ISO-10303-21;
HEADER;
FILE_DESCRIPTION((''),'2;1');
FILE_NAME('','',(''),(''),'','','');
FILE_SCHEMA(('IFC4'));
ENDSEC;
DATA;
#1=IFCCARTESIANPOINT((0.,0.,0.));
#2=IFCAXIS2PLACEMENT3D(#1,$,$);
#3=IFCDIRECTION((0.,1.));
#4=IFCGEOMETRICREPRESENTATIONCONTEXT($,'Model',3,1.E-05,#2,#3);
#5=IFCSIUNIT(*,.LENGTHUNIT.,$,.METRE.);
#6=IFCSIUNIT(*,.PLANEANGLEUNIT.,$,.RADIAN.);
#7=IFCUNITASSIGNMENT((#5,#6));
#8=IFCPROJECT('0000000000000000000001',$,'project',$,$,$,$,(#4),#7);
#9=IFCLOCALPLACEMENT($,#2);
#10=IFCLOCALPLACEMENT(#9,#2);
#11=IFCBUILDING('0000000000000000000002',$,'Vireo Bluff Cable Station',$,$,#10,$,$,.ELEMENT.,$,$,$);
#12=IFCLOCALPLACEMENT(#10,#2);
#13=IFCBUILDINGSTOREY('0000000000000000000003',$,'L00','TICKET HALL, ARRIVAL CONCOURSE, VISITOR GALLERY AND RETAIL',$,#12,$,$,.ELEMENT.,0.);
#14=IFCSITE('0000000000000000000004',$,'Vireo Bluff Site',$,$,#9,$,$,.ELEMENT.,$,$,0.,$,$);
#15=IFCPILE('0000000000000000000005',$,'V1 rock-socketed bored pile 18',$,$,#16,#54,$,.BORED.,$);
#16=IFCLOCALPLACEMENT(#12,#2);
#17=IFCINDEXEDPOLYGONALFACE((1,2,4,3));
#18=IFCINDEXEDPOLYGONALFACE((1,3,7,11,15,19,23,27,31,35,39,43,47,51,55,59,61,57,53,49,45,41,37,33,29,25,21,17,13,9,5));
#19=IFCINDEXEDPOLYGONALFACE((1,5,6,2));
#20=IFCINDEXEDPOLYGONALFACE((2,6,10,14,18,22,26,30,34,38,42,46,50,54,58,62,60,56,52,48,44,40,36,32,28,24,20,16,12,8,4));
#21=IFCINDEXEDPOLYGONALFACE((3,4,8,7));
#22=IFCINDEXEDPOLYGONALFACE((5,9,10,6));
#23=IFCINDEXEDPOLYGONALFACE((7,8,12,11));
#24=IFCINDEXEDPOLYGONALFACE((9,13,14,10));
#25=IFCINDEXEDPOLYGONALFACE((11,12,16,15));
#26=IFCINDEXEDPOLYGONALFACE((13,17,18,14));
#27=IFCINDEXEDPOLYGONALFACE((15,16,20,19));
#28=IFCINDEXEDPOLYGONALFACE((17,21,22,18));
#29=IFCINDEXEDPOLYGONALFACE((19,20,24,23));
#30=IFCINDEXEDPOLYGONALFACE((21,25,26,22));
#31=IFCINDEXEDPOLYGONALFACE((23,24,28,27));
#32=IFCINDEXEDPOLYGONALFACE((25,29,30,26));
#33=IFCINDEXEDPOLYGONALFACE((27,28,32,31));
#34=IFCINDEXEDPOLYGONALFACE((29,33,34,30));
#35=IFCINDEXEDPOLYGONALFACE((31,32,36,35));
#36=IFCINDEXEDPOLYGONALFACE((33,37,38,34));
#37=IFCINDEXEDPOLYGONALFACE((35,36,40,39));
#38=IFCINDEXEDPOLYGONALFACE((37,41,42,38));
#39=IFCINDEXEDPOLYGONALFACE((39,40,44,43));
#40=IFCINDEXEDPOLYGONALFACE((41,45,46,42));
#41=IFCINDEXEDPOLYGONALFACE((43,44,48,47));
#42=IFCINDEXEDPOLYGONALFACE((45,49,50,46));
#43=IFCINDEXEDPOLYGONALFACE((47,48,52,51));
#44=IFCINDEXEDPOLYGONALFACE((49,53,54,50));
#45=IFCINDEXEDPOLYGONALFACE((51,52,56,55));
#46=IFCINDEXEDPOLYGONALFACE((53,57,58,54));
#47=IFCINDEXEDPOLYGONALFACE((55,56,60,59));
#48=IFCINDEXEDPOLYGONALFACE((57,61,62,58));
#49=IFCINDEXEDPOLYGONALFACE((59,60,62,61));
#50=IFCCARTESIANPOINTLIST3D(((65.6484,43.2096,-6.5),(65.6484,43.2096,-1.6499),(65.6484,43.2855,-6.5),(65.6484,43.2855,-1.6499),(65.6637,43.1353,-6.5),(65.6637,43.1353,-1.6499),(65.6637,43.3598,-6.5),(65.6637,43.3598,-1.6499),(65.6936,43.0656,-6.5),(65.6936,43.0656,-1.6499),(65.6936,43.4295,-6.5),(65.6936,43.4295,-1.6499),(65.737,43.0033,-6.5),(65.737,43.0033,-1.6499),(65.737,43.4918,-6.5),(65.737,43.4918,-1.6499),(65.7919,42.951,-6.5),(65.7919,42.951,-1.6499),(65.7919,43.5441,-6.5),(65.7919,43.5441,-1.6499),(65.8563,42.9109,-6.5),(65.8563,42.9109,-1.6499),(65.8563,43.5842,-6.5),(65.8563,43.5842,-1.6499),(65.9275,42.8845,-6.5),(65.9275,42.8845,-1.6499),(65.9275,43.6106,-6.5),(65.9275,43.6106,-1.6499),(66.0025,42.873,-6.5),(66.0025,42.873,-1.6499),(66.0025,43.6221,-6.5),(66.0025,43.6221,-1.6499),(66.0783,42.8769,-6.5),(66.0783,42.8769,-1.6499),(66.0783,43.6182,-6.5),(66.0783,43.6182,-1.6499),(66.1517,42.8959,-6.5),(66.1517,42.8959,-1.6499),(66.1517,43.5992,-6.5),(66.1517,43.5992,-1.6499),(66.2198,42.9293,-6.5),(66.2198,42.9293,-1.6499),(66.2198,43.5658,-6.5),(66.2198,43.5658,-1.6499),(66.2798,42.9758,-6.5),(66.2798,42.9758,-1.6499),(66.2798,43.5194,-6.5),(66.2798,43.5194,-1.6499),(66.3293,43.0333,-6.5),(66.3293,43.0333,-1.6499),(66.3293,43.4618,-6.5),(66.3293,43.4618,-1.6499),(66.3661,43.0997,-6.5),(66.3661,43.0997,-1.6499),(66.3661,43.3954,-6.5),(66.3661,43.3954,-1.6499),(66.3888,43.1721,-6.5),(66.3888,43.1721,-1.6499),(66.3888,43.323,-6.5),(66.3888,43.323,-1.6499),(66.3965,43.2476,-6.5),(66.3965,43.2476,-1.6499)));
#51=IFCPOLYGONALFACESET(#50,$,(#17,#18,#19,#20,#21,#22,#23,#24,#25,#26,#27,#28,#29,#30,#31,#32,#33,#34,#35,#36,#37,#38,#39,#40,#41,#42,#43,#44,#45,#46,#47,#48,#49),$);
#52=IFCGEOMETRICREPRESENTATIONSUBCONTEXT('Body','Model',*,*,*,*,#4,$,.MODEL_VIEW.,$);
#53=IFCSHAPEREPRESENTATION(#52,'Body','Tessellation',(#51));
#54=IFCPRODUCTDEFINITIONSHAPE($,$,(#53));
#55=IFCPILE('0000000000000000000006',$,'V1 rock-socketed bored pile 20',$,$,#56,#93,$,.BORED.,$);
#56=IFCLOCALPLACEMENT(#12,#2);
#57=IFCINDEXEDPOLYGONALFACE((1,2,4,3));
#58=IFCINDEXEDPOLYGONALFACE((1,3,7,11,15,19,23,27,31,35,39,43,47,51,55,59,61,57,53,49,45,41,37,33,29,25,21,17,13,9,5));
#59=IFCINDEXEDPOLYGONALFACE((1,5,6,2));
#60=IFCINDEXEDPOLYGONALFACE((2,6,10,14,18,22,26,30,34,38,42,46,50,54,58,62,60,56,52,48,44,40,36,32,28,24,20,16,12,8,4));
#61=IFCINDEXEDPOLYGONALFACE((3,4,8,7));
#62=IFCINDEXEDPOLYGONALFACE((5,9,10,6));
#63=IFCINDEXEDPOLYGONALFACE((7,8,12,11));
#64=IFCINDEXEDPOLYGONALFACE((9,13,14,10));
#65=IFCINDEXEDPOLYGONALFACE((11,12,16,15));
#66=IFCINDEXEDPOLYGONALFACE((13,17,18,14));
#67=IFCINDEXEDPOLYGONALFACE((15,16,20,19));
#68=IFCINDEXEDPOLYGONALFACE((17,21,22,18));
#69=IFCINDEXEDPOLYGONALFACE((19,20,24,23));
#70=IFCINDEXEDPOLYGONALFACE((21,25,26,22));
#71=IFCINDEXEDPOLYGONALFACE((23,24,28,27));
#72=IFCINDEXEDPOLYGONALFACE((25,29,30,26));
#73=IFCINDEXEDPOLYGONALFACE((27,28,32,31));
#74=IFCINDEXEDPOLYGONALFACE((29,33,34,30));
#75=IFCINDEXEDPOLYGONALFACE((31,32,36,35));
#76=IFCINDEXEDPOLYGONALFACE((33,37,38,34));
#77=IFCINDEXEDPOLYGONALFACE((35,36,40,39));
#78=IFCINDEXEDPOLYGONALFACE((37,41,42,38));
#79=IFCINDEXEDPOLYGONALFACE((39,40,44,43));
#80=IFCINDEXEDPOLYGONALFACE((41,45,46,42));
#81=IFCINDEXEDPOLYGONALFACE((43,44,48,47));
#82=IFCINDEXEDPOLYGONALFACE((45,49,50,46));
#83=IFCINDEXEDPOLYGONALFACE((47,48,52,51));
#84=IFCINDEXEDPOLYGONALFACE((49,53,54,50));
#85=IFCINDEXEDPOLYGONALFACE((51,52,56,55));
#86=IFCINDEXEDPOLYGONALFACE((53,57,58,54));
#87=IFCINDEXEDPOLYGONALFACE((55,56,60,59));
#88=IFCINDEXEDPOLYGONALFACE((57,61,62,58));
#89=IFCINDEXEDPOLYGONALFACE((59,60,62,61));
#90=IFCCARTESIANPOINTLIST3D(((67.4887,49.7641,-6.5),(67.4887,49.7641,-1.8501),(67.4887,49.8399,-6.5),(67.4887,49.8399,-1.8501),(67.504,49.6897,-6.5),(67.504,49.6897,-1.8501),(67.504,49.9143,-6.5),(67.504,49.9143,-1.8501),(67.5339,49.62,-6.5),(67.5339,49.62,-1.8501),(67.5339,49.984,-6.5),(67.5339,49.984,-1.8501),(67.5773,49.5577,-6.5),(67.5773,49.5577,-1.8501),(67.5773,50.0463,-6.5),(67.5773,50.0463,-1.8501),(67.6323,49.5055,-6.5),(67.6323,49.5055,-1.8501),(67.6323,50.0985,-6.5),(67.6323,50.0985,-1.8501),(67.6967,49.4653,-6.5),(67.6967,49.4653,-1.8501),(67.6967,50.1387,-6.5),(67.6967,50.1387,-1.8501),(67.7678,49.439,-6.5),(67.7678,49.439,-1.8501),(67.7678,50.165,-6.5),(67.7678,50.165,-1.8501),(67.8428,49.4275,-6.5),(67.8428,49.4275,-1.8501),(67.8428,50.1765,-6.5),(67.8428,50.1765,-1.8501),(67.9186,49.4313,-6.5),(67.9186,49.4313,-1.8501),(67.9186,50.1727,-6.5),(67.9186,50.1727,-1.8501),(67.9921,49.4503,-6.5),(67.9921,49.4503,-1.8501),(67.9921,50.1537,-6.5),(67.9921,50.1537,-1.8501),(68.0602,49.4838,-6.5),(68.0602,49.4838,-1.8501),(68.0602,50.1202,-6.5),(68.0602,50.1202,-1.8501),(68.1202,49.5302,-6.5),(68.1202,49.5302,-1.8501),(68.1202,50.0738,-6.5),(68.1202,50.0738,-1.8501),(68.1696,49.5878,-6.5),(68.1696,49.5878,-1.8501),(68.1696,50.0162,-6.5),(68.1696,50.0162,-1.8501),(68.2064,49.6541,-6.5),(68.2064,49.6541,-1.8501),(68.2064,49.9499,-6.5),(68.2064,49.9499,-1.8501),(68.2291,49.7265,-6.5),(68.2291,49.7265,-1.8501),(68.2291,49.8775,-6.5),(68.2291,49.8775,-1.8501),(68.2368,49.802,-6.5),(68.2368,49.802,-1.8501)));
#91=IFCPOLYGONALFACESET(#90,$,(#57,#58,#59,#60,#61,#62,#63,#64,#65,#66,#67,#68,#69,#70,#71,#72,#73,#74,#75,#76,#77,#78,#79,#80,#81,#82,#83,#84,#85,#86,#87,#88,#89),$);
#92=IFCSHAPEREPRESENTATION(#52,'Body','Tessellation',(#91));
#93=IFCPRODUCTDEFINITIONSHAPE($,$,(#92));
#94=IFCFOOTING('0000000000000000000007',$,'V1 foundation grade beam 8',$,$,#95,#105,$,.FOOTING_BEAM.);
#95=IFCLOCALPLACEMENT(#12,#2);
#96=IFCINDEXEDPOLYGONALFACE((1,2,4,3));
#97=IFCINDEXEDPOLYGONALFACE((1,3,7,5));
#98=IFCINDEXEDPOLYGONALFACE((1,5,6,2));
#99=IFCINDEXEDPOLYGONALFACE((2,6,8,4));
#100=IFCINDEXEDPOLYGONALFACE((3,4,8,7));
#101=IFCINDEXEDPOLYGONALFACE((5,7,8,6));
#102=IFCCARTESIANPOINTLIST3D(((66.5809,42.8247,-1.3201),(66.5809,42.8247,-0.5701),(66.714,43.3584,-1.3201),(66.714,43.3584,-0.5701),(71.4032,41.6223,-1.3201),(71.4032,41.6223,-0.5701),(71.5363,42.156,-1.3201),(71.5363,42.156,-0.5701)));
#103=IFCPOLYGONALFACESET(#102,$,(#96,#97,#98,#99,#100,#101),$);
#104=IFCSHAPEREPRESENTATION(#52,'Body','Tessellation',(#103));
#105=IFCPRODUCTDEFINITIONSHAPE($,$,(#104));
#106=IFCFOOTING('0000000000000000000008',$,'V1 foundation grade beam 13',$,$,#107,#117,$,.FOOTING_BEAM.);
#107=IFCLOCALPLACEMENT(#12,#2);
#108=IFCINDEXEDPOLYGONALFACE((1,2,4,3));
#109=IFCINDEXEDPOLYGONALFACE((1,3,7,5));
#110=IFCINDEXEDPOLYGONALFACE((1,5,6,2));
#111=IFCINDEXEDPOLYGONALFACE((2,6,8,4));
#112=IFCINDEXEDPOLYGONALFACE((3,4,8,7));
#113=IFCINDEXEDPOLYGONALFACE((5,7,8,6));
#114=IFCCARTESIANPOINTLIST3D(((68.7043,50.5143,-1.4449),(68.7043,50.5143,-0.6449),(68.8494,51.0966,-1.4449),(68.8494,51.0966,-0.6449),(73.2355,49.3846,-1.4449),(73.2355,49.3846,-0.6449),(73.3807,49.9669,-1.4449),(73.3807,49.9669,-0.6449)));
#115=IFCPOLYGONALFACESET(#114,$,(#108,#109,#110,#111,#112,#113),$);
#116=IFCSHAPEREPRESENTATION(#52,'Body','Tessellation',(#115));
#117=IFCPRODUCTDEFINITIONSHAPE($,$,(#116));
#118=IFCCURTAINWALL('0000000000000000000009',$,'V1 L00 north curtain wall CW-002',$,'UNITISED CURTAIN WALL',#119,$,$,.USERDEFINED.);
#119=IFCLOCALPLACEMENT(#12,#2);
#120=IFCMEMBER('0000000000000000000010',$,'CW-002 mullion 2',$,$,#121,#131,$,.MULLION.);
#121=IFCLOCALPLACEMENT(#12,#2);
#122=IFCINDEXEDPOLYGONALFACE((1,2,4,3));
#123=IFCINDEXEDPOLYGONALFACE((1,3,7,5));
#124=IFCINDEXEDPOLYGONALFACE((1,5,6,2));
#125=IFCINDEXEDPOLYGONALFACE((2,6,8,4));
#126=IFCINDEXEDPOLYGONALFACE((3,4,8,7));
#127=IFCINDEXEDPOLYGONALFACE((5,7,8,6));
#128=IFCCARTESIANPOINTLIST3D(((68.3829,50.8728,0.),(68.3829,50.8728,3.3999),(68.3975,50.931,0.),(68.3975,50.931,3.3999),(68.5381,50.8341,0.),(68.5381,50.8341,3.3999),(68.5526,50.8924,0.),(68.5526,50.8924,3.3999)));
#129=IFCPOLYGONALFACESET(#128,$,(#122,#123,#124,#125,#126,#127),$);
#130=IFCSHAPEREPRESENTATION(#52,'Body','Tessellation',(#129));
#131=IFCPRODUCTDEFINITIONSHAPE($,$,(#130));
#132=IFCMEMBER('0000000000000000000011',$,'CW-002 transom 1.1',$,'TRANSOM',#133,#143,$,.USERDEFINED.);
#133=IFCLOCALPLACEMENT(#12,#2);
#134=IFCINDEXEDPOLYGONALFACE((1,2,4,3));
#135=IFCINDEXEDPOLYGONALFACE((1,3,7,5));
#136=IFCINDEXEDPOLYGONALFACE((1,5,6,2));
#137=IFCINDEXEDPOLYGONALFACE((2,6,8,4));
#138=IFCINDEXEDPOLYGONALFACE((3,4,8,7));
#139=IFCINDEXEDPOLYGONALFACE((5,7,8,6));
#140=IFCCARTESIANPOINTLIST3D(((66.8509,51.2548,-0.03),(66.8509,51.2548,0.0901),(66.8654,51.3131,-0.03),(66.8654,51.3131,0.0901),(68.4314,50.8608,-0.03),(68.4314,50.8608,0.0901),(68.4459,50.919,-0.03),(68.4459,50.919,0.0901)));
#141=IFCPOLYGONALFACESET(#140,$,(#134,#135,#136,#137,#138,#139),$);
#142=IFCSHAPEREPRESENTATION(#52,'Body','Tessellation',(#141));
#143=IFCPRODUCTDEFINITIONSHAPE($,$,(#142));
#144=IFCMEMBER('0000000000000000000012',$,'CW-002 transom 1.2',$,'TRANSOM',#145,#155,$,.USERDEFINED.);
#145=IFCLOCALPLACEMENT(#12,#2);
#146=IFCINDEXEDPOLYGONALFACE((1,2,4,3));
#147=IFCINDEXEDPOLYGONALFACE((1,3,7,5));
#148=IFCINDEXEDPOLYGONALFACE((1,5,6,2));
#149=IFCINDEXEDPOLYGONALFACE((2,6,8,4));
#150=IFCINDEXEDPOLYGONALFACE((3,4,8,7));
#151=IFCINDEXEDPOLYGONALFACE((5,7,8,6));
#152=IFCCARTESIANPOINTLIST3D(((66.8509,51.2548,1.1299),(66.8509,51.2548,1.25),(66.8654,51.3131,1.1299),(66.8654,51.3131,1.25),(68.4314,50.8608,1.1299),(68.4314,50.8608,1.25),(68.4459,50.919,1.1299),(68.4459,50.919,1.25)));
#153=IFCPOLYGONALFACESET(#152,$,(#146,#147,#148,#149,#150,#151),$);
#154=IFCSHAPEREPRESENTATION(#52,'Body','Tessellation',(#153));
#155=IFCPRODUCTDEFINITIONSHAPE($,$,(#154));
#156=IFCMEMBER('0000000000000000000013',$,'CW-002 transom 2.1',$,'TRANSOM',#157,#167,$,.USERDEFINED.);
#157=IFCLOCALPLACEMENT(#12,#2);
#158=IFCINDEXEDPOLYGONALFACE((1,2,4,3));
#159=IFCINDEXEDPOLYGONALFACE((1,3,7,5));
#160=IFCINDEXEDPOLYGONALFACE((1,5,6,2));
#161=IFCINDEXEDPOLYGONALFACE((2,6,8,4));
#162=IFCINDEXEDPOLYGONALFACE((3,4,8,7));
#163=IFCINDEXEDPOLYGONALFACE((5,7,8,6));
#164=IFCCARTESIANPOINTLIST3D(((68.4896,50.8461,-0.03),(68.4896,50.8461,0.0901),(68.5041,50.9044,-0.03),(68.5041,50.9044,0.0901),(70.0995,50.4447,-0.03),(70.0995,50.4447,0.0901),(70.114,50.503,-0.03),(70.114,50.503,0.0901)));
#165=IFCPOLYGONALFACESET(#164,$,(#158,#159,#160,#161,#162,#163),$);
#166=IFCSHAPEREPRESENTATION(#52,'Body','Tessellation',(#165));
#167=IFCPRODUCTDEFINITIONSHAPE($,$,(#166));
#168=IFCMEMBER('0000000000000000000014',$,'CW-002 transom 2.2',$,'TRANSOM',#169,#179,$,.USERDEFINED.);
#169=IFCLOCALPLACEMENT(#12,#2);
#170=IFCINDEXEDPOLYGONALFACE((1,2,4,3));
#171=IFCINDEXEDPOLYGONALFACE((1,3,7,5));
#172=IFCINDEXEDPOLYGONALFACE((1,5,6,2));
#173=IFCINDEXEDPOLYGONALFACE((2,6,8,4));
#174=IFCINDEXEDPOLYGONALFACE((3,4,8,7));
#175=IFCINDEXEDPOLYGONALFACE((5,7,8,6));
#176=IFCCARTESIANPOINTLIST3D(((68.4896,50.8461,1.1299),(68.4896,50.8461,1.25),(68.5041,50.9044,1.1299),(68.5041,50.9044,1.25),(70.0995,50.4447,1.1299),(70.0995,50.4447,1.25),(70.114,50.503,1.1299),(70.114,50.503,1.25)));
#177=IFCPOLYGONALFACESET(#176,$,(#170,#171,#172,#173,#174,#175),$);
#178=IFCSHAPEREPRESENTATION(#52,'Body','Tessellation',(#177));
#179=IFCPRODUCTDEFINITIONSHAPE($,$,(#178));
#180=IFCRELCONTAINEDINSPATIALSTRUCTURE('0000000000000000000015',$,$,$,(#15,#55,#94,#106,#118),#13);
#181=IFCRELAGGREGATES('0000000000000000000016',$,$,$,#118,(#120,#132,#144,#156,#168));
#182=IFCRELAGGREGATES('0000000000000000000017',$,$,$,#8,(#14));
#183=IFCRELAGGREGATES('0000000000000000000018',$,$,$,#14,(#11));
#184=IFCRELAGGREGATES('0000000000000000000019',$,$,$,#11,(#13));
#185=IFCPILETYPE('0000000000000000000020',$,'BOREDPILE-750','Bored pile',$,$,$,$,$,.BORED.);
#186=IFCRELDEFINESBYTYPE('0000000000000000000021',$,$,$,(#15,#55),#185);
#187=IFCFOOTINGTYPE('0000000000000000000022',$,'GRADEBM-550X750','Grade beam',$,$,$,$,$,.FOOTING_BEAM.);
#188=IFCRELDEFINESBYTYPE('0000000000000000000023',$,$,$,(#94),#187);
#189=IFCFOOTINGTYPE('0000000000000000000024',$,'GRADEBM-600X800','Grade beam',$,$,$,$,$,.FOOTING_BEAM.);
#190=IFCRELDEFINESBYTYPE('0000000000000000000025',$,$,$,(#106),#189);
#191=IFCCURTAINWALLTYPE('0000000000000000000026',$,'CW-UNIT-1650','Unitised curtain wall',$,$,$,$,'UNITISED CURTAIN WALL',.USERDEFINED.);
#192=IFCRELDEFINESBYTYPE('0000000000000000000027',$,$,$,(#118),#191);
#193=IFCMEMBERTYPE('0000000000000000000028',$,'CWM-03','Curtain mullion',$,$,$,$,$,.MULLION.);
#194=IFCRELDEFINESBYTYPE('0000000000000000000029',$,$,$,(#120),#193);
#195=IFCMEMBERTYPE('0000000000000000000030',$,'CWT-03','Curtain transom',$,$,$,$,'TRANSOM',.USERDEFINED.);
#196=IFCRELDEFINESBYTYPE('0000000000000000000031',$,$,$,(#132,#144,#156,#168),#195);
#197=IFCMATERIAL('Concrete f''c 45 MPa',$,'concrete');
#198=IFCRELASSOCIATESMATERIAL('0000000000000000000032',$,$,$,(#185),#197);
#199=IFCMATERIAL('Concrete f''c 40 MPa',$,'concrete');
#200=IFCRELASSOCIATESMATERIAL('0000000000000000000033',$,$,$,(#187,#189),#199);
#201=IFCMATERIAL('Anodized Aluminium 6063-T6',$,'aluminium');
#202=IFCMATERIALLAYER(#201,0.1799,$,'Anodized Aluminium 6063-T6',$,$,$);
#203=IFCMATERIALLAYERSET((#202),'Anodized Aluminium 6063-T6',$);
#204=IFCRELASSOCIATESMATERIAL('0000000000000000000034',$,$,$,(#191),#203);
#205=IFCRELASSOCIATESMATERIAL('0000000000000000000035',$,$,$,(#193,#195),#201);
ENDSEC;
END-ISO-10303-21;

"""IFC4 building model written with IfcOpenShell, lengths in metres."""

from ifc_helpers import new_model, si_unit, direction, frame, origin, origin_2d, place, context, subcontext, project, spatial, rectangle, circle, extrude, material, layer, layer_set, material_profile, profile_set, type_object, element, aggregate, save


model = new_model("IFC4")

# Units and contexts
model_context = context("Model", 3, precision=1e-05, world=origin(), true_north=direction((0.0, 1.0)))
body_context = subcontext(model_context, "Body", "Model", "MODEL_VIEW")
ifc_project = project(units=[si_unit("LENGTHUNIT", "METRE"), si_unit("PLANEANGLEUNIT", "RADIAN")], contexts=[model_context])

# Site, building, storey
site_placement = place(None, origin())
site = spatial("IfcSite", under=ifc_project, at=site_placement, Name="Vireo Bluff Site", CompositionType="ELEMENT", RefElevation=0.0)
building_placement = place(site_placement, origin())
building = spatial("IfcBuilding", under=site, at=building_placement, Name="Vireo Bluff Cable Station", CompositionType="ELEMENT")
storey_placement = place(building_placement, origin())
storey = spatial("IfcBuildingStorey", under=building, at=storey_placement, Name="L00", Description="TICKET HALL, ARRIVAL CONCOURSE, VISITOR GALLERY AND RETAIL", CompositionType="ELEMENT", Elevation=0.0)

# Piles
ifc_material_1 = material(Name="Concrete f'c 45 MPa", Category="concrete")
ifc_material_profile_1 = material_profile(ifc_material_1, circle(Radius=0.375, at=origin_2d()), Name="BOREDPILE-750")
ifc_profile_set_1 = profile_set([ifc_material_profile_1], Name="Concrete f'c 45 MPa")
pile_type = type_object("IfcPileType", Name="BOREDPILE-750", Description="Bored pile", PredefinedType="BORED", material=ifc_profile_set_1)
pile_1_placement = place(storey_placement, frame((66.0215, 43.2476, -1.6499), z_axis=(0.0, 0.0, -1.0), x_axis=(1.0, 0.0, 0.0)))
element("IfcPile", 1, at=pile_1_placement, inside=storey, type_object=pile_type, Name="V1 rock-socketed bored pile 18", PredefinedType="BORED", context=body_context, shape_type="SweptSolid", body=[
    extrude(circle(Radius=0.375, at=origin_2d()), origin(), (0.0, 0.0, 1.0), 4.8501),
])
pile_2_placement = place(storey_placement, frame((67.8618, 49.802, -1.8501), z_axis=(0.0, 0.0, -1.0), x_axis=(1.0, 0.0, 0.0)))
element("IfcPile", 2, at=pile_2_placement, inside=storey, type_object=pile_type, Name="V1 rock-socketed bored pile 20", PredefinedType="BORED", context=body_context, shape_type="SweptSolid", body=[
    extrude(circle(Radius=0.375, at=origin_2d()), origin(), (0.0, 0.0, 1.0), 4.6499),
])

# Footings
ifc_material_2 = material(Name="Concrete f'c 40 MPa", Category="concrete")
ifc_material_profile_2 = material_profile(ifc_material_2, rectangle(XDim=0.55, YDim=0.75, at=origin_2d()), Name="GRADEBM-550X750")
ifc_profile_set_2 = profile_set([ifc_material_profile_2], Name="Concrete f'c 40 MPa")
footing_type_1 = type_object("IfcFootingType", Name="GRADEBM-550X750", Description="Grade beam", PredefinedType="FOOTING_BEAM", material=ifc_profile_set_2)
footing_1_placement = place(storey_placement, frame((66.6475, 43.0916, -0.9451), z_axis=(0.970293, -0.241935, 0.0), x_axis=(0.241935, 0.970293, 0.0)))
element("IfcFooting", 3, at=footing_1_placement, inside=storey, type_object=footing_type_1, Name="V1 foundation grade beam 8", PredefinedType="FOOTING_BEAM", context=body_context, shape_type="SweptSolid", body=[
    extrude(rectangle(XDim=0.55, YDim=0.75, at=origin_2d()), origin(), (0.0, 0.0, 1.0), 4.97),
])
ifc_material_profile_3 = material_profile(ifc_material_2, rectangle(XDim=0.6001, YDim=0.8, at=origin_2d()), Name="GRADEBM-600X800")
ifc_profile_set_3 = profile_set([ifc_material_profile_3], Name="Concrete f'c 40 MPa")
footing_type_2 = type_object("IfcFootingType", Name="GRADEBM-600X800", Description="Grade beam", PredefinedType="FOOTING_BEAM", material=ifc_profile_set_3)
footing_2_placement = place(storey_placement, frame((68.7769, 50.8054, -1.0449), z_axis=(0.970302, -0.241896, 0.0), x_axis=(0.241896, 0.970302, 0.0)))
element("IfcFooting", 4, at=footing_2_placement, inside=storey, type_object=footing_type_2, Name="V1 foundation grade beam 13", PredefinedType="FOOTING_BEAM", context=body_context, shape_type="SweptSolid", body=[
    extrude(rectangle(XDim=0.6001, YDim=0.8, at=origin_2d()), origin(), (0.0, 0.0, 1.0), 4.6699),
])

# Curtain wall, members
ifc_material_3 = material(Name="Anodized Aluminium 6063-T6", Category="aluminium")
ifc_layer_1 = layer(ifc_material_3, 0.1799, Name="Anodized Aluminium 6063-T6")
ifc_layer_set_1 = layer_set([ifc_layer_1], Name="Anodized Aluminium 6063-T6")
curtain_wall_type = type_object("IfcCurtainWallType", Name="CW-UNIT-1650", Description="Unitised curtain wall", ElementType="UNITISED CURTAIN WALL", PredefinedType="USERDEFINED", material=ifc_layer_set_1)
curtain_wall_placement = place(storey_placement, origin())
curtain_wall = element("IfcCurtainWall", 5, at=curtain_wall_placement, inside=storey, type_object=curtain_wall_type, Name="V1 L00 north curtain wall CW-002", ObjectType="UNITISED CURTAIN WALL", PredefinedType="USERDEFINED")
ifc_material_profile_4 = material_profile(ifc_material_3, rectangle(XDim=0.0601, YDim=0.1599, at=origin_2d()), Name="ALU-M-60X160")
ifc_profile_set_4 = profile_set([ifc_material_profile_4], Name="Anodized Aluminium 6063-T6")
member_type_1 = type_object("IfcMemberType", Name="CWM-03", Description="Curtain mullion", PredefinedType="MULLION", material=ifc_profile_set_4)
member_1_placement = place(storey_placement, frame((68.4678, 50.8826, 0.0), z_axis=(0.0, 0.0, 1.0), x_axis=(0.241922, 0.970296, 0.0)))
member_1 = element("IfcMember", 6, at=member_1_placement, type_object=member_type_1, Name="CW-002 mullion 2", PredefinedType="MULLION", context=body_context, shape_type="SweptSolid", body=[
    extrude(rectangle(XDim=0.0601, YDim=0.1599, at=origin_2d()), origin(), (0.0, 0.0, 1.0), 3.3999),
])
ifc_material_profile_5 = material_profile(ifc_material_3, rectangle(XDim=0.0601, YDim=0.1201, at=origin_2d()), Name="ALU-T-60X120")
ifc_profile_set_5 = profile_set([ifc_material_profile_5], Name="Anodized Aluminium 6063-T6")
member_type_2 = type_object("IfcMemberType", Name="CWT-03", Description="Curtain transom", ElementType="TRANSOM", PredefinedType="USERDEFINED", material=ifc_profile_set_5)
member_2_placement = place(storey_placement, frame((66.8582, 51.2839, 0.03), z_axis=(0.970301, -0.241901, 0.0), x_axis=(0.241901, 0.970301, 0.0)))
member_2 = element("IfcMember", 7, at=member_2_placement, type_object=member_type_2, Name="CW-002 transom 1.1", ObjectType="TRANSOM", PredefinedType="USERDEFINED", context=body_context, shape_type="SweptSolid", body=[
    extrude(rectangle(XDim=0.0601, YDim=0.1201, at=origin_2d()), origin(), (0.0, 0.0, 1.0), 1.6289),
])
member_3_placement = place(storey_placement, frame((66.8582, 51.2839, 1.1899), z_axis=(0.970301, -0.241901, 0.0), x_axis=(0.241901, 0.970301, 0.0)))
member_3 = element("IfcMember", 8, at=member_3_placement, type_object=member_type_2, Name="CW-002 transom 1.2", ObjectType="TRANSOM", PredefinedType="USERDEFINED", context=body_context, shape_type="SweptSolid", body=[
    extrude(rectangle(XDim=0.0601, YDim=0.1201, at=origin_2d()), origin(), (0.0, 0.0, 1.0), 1.6289),
])
member_4_placement = place(storey_placement, frame((68.4968, 50.8752, 0.03), z_axis=(0.970298, -0.241912, 0.0), x_axis=(0.241912, 0.970298, 0.0)))
member_4 = element("IfcMember", 9, at=member_4_placement, type_object=member_type_2, Name="CW-002 transom 2.1", ObjectType="TRANSOM", PredefinedType="USERDEFINED", context=body_context, shape_type="SweptSolid", body=[
    extrude(rectangle(XDim=0.0601, YDim=0.1201, at=origin_2d()), origin(), (0.0, 0.0, 1.0), 1.6592),
])
member_5_placement = place(storey_placement, frame((68.4968, 50.8752, 1.1899), z_axis=(0.970298, -0.241912, 0.0), x_axis=(0.241912, 0.970298, 0.0)))
member_5 = element("IfcMember", 10, at=member_5_placement, type_object=member_type_2, Name="CW-002 transom 2.2", ObjectType="TRANSOM", PredefinedType="USERDEFINED", context=body_context, shape_type="SweptSolid", body=[
    extrude(rectangle(XDim=0.0601, YDim=0.1201, at=origin_2d()), origin(), (0.0, 0.0, 1.0), 1.6592),
])

aggregate(curtain_wall, [member_1, member_2, member_3, member_4, member_5])

save(model, "model.ifc")
